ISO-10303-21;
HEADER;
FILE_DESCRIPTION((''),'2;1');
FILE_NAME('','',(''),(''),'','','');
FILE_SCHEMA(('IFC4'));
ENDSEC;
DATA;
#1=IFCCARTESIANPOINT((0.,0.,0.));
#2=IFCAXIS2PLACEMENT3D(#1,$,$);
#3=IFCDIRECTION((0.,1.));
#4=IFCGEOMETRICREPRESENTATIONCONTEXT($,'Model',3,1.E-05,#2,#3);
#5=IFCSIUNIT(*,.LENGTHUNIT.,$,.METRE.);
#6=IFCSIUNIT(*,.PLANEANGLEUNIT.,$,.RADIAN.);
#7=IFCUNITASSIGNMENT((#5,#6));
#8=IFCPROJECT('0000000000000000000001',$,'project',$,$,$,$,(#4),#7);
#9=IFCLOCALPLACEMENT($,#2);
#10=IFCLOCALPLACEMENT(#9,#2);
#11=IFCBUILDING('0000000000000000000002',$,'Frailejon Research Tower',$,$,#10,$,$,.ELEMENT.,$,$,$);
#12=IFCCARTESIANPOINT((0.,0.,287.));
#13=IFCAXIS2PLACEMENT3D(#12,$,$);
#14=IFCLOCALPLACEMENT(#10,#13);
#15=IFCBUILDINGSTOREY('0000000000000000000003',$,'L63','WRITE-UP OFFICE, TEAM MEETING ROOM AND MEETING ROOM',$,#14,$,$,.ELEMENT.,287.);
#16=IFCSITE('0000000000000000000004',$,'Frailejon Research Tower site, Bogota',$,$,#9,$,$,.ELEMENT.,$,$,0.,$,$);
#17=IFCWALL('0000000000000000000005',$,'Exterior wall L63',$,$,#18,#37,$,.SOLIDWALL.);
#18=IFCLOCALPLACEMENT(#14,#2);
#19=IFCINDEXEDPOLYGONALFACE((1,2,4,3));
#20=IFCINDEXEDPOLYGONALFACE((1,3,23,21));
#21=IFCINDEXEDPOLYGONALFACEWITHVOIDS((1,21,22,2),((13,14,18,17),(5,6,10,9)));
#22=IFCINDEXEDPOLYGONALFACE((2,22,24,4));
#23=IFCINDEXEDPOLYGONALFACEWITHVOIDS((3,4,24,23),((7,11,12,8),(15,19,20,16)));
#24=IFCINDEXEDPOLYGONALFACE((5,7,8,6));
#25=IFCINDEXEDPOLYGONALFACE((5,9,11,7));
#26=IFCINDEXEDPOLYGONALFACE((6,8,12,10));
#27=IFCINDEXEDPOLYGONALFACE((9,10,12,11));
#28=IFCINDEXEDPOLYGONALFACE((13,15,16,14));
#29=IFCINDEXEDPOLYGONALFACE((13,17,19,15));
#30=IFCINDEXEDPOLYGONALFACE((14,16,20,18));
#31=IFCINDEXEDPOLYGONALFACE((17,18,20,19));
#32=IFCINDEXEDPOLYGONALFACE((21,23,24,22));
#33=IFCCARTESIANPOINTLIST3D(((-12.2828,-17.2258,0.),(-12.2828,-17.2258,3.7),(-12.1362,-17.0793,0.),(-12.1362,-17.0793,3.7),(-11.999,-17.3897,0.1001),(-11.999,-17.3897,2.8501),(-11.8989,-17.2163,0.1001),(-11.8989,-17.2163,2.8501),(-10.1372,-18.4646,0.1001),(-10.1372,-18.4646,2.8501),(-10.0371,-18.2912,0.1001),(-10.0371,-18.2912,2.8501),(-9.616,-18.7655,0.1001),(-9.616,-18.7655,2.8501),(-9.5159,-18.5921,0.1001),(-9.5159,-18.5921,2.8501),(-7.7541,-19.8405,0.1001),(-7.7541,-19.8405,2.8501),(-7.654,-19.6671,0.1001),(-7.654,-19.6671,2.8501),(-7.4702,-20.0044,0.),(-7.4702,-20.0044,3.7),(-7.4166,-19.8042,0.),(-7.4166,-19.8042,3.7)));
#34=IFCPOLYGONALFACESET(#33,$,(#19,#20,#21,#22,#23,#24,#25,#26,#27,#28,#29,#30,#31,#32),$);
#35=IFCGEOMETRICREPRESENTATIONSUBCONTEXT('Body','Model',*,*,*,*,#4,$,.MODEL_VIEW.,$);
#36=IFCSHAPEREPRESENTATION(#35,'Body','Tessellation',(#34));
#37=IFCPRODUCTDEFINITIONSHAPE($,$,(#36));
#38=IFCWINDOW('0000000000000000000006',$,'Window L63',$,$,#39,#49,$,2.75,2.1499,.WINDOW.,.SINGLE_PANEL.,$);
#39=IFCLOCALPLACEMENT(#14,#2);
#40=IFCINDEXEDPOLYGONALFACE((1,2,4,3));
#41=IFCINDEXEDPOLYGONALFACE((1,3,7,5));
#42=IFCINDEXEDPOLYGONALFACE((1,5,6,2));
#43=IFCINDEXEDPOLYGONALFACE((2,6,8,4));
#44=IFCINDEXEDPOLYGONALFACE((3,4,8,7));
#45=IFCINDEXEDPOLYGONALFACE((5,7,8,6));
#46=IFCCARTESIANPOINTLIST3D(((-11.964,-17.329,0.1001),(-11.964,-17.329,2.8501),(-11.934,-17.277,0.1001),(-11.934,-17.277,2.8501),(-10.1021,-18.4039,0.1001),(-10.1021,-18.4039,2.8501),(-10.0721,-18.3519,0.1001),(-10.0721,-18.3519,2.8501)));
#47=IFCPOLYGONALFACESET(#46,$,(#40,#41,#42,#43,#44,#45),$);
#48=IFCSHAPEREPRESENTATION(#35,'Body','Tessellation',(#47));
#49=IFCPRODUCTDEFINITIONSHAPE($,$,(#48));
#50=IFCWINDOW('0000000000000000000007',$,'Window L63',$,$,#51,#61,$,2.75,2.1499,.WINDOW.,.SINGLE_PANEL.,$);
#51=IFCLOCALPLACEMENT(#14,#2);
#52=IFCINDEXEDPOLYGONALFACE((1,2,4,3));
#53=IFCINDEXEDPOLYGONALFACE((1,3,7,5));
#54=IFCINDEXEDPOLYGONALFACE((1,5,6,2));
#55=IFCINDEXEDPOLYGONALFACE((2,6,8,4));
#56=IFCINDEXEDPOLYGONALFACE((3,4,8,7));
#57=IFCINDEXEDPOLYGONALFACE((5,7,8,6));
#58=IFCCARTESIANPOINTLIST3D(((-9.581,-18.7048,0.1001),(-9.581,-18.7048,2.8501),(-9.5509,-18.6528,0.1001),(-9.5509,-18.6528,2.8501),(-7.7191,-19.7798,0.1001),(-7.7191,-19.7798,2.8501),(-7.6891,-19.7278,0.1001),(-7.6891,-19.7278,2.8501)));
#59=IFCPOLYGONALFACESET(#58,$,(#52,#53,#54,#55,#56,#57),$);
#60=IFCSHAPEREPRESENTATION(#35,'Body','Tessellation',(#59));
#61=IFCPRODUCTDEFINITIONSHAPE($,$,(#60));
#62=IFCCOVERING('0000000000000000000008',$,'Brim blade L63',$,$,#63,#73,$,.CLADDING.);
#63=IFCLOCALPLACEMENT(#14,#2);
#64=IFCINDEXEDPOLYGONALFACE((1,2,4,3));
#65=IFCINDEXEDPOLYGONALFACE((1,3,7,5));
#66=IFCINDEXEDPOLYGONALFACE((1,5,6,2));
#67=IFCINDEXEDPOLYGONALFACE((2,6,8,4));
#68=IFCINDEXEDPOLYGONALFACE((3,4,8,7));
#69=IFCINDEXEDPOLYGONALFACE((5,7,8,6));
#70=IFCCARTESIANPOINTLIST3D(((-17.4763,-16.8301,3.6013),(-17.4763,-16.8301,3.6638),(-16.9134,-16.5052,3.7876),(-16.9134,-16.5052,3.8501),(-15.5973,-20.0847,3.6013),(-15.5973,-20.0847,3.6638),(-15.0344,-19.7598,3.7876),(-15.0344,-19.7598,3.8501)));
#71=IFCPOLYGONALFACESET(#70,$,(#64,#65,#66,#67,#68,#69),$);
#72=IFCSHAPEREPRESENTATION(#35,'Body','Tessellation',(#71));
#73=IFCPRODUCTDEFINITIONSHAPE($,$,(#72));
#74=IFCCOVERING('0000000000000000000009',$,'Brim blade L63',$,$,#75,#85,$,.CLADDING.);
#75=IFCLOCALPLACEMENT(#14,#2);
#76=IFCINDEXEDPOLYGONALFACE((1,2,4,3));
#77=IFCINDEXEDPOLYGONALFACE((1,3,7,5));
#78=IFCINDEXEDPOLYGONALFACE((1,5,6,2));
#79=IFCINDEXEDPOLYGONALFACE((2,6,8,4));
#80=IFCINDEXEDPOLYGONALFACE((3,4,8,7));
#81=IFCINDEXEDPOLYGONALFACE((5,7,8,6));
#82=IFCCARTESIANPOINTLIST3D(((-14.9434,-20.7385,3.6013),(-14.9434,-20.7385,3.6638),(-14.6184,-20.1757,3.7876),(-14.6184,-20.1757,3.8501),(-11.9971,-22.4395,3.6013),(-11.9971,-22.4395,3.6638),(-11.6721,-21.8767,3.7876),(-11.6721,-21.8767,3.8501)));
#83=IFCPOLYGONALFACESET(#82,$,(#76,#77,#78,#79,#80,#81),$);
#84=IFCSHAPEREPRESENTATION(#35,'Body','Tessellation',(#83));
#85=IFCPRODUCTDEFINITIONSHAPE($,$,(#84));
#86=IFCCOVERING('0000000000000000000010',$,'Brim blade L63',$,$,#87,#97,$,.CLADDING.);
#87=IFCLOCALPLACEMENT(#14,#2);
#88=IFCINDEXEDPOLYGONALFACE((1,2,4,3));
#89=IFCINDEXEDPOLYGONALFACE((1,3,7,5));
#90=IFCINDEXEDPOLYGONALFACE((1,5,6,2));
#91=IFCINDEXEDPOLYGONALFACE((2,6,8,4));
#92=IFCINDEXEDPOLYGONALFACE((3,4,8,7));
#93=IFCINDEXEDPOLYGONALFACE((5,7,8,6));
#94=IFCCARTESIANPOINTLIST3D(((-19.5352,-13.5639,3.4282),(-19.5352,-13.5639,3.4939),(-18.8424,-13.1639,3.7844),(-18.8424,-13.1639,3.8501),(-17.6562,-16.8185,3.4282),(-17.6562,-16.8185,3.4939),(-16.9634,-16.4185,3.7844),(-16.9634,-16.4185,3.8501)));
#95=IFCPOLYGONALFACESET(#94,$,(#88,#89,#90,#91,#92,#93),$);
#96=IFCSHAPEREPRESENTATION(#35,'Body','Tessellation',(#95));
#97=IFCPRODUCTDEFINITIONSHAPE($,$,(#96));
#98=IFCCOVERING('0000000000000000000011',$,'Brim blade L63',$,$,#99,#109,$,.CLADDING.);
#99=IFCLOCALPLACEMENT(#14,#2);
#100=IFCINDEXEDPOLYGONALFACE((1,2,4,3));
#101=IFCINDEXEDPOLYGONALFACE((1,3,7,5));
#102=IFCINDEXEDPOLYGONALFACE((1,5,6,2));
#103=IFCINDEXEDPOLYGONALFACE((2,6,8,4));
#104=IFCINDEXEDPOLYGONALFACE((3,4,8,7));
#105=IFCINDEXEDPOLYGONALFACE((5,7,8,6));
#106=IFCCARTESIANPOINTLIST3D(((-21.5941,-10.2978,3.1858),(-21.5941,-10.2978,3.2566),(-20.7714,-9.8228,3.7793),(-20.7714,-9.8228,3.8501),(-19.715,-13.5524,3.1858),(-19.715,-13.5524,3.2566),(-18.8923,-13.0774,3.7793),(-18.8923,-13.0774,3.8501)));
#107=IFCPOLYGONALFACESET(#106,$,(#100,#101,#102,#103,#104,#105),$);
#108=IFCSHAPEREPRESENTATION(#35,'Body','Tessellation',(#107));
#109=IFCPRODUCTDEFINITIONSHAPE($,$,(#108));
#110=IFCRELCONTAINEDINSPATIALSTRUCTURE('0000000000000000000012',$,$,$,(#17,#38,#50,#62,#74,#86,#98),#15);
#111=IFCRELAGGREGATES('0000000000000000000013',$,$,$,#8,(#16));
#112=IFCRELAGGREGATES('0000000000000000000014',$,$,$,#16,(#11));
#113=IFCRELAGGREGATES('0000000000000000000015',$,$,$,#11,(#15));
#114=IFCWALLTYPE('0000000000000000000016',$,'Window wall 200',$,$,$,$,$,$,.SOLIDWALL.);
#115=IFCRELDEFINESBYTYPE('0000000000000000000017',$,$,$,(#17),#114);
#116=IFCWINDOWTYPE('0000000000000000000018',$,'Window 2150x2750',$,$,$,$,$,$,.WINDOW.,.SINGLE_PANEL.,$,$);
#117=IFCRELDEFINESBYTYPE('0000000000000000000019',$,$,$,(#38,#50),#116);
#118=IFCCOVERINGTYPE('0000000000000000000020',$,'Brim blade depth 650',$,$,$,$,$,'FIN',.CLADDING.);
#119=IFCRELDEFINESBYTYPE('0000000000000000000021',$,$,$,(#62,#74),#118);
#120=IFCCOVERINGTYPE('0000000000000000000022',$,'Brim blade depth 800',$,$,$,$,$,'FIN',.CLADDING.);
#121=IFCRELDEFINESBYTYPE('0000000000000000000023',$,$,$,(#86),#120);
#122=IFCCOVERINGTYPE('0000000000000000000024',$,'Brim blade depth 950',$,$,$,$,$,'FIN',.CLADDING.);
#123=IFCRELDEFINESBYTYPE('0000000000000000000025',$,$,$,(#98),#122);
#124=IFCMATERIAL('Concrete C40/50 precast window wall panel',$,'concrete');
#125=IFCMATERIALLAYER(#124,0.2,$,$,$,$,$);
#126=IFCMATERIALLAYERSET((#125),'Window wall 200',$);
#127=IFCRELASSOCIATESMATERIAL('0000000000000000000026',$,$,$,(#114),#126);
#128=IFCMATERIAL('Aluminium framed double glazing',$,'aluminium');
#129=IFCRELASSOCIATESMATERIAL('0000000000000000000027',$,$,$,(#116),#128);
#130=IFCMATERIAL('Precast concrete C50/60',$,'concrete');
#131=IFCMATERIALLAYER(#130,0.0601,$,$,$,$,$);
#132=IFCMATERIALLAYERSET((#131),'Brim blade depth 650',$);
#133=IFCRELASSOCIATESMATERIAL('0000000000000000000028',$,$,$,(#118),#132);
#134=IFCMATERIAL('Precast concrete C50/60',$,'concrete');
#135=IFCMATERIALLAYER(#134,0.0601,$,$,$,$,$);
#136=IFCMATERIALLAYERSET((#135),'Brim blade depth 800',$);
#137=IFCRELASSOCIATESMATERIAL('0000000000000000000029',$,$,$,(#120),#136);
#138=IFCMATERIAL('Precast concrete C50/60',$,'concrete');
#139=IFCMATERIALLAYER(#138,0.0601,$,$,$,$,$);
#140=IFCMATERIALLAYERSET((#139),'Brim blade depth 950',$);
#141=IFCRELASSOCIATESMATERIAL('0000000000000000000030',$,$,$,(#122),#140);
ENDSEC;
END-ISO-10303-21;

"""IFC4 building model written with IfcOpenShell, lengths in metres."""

from ifc_helpers import new_model, si_unit, direction, frame, frame_2d, origin, place, context, subcontext, project, spatial, polyline, rectangle, outline, extrude, material, layer, layer_set, type_object, element, fill, save


model = new_model("IFC4")

# Units and contexts
model_context = context("Model", 3, precision=1e-05, world=origin(), true_north=direction((0.0, 1.0)))
body_context = subcontext(model_context, "Body", "Model", "MODEL_VIEW")
ifc_project = project(units=[si_unit("LENGTHUNIT", "METRE"), si_unit("PLANEANGLEUNIT", "RADIAN")], contexts=[model_context])

# Site, building, storey
site_placement = place(None, origin())
site = spatial("IfcSite", under=ifc_project, at=site_placement, Name="Frailejon Research Tower site, Bogota", CompositionType="ELEMENT", RefElevation=0.0)
building_placement = place(site_placement, origin())
building = spatial("IfcBuilding", under=site, at=building_placement, Name="Frailejon Research Tower", CompositionType="ELEMENT")
storey_placement = place(building_placement, frame((0.0, 0.0, 287.0)))
storey = spatial("IfcBuildingStorey", under=building, at=storey_placement, Name="L63", Description="WRITE-UP OFFICE, TEAM MEETING ROOM AND MEETING ROOM", CompositionType="ELEMENT", Elevation=287.0)

# Wall, openings, windows
ifc_material_1 = material(Name="Concrete C40/50 precast window wall panel", Category="concrete")
ifc_layer_1 = layer(ifc_material_1, 0.2)
ifc_layer_set_1 = layer_set([ifc_layer_1], Name="Window wall 200")
wall_type_1 = type_object("IfcWallType", Name="Window wall 200", PredefinedType="SOLIDWALL", material=ifc_layer_set_1)
wall_1_placement = place(storey_placement, frame((-12.2095, -17.1526, 0.0), z_axis=(0.0, 0.0, 1.0), x_axis=(0.866026, -0.499999, 0.0)))
wall_1 = element("IfcWall", 1, at=wall_1_placement, inside=storey, type_object=wall_type_1, Name="Exterior wall L63", PredefinedType="SOLIDWALL", context=body_context, shape_type="SweptSolid", body=[
    extrude(outline(polyline([(-0.0269, -0.1001), (1.0845, -0.1001), (2.196, -0.1001), (3.3074, -0.1001), (4.4189, -0.1001), (5.5303, -0.1001), (5.4766, 0.1001), (4.3867, 0.1001), (3.2966, 0.1001), (2.2068, 0.1001), (1.1167, 0.1001), (0.0269, 0.1001), (-0.0269, -0.1001)])), origin(), (0.0, 0.0, 1.0), 3.7),
])
opening_1_placement = place(wall_1_placement, frame((0.3008, 0.0, 0.1001)))
opening_1 = element("IfcOpeningElement", 2, at=opening_1_placement, cuts=wall_1, PredefinedType="OPENING", context=body_context, shape_type="SweptSolid", body=[
    extrude(rectangle(XDim=2.1499, YDim=2.75, at=frame_2d((1.075, 1.375))), frame((0.0, 0.1099, 0.0), z_axis=(0.0, -1.0, 0.0), x_axis=(1.0, 0.0, 0.0)), (0.0, 0.0, 1.0), 0.22),
])
opening_2_placement = place(wall_1_placement, frame((3.0525, 0.0, 0.1001)))
opening_2 = element("IfcOpeningElement", 3, at=opening_2_placement, cuts=wall_1, PredefinedType="OPENING", context=body_context, shape_type="SweptSolid", body=[
    extrude(rectangle(XDim=2.1499, YDim=2.75, at=frame_2d((1.075, 1.375))), frame((0.0, 0.1099, 0.0), z_axis=(0.0, -1.0, 0.0), x_axis=(1.0, 0.0, 0.0)), (0.0, 0.0, 1.0), 0.22),
])
ifc_material_2 = material(Name="Aluminium framed double glazing", Category="aluminium")
window_type = type_object("IfcWindowType", Name="Window 2150x2750", PartitioningType="SINGLE_PANEL", PredefinedType="WINDOW", material=ifc_material_2)
window_1_placement = place(opening_1_placement, origin())
window_1 = element("IfcWindow", 4, at=window_1_placement, inside=storey, type_object=window_type, Name="Window L63", OverallHeight=2.75, OverallWidth=2.1499, PartitioningType="SINGLE_PANEL", PredefinedType="WINDOW", context=body_context, shape_type="SweptSolid", body=[
    extrude(rectangle(XDim=2.1499, YDim=2.75, at=frame_2d((1.075, 1.375))), frame((0.0, 0.03, 0.0), z_axis=(0.0, -1.0, 0.0), x_axis=(1.0, 0.0, 0.0)), (0.0, 0.0, 1.0), 0.0601),
])
fill(opening_1, window_1)
window_2_placement = place(opening_2_placement, origin())
window_2 = element("IfcWindow", 5, at=window_2_placement, inside=storey, type_object=window_type, Name="Window L63", OverallHeight=2.75, OverallWidth=2.1499, PartitioningType="SINGLE_PANEL", PredefinedType="WINDOW", context=body_context, shape_type="SweptSolid", body=[
    extrude(rectangle(XDim=2.1499, YDim=2.75, at=frame_2d((1.075, 1.375))), frame((0.0, 0.03, 0.0), z_axis=(0.0, -1.0, 0.0), x_axis=(1.0, 0.0, 0.0)), (0.0, 0.0, 1.0), 0.0601),
])
fill(opening_2, window_2)

# Coverings
ifc_material_3 = material(Name="Precast concrete C50/60", Category="concrete")
ifc_layer_2 = layer(ifc_material_3, 0.0601)
ifc_layer_set_2 = layer_set([ifc_layer_2], Name="Brim blade depth 650")
covering_type_1 = type_object("IfcCoveringType", Name="Brim blade depth 650", ElementType="FIN", PredefinedType="CLADDING", material=ifc_layer_set_2)
covering_1_placement = place(storey_placement, frame((-15.0344, -19.7598, 3.8501), z_axis=(-0.499992, 0.86603, 0.0), x_axis=(-0.86603, -0.499992, 0.0)))
element("IfcCovering", 6, at=covering_1_placement, inside=storey, type_object=covering_type_1, Name="Brim blade L63", PredefinedType="CLADDING", context=body_context, shape_type="SweptSolid", body=[
    extrude(outline(polyline([(0.0, -0.0625), (0.6499, -0.2488), (0.6499, -0.1863), (0.0, 0.0), (0.0, -0.0625)])), origin(), (0.0, 0.0, 1.0), 3.7581),
])
covering_2_placement = place(storey_placement, frame((-11.6721, -21.8767, 3.8501), z_axis=(-0.866024, 0.500003, 0.0), x_axis=(-0.500003, -0.866024, 0.0)))
element("IfcCovering", 7, at=covering_2_placement, inside=storey, type_object=covering_type_1, Name="Brim blade L63", PredefinedType="CLADDING", context=body_context, shape_type="SweptSolid", body=[
    extrude(outline(polyline([(0.0, -0.0625), (0.6499, -0.2488), (0.6499, -0.1863), (0.0, 0.0), (0.0, -0.0625)])), origin(), (0.0, 0.0, 1.0), 3.4021),
])
ifc_material_4 = material(Name="Precast concrete C50/60", Category="concrete")
ifc_layer_3 = layer(ifc_material_4, 0.0601)
ifc_layer_set_3 = layer_set([ifc_layer_3], Name="Brim blade depth 800")
covering_type_2 = type_object("IfcCoveringType", Name="Brim blade depth 800", ElementType="FIN", PredefinedType="CLADDING", material=ifc_layer_set_3)
covering_3_placement = place(storey_placement, frame((-16.9634, -16.4185, 3.8501), z_axis=(-0.499992, 0.86603, 0.0), x_axis=(-0.86603, -0.499992, 0.0)))
element("IfcCovering", 8, at=covering_3_placement, inside=storey, type_object=covering_type_2, Name="Brim blade L63", PredefinedType="CLADDING", context=body_context, shape_type="SweptSolid", body=[
    extrude(outline(polyline([(0.0, -0.0657), (0.8, -0.4219), (0.8, -0.3562), (0.0, 0.0), (0.0, -0.0657)])), origin(), (0.0, 0.0, 1.0), 3.7581),
])
ifc_material_5 = material(Name="Precast concrete C50/60", Category="concrete")
ifc_layer_4 = layer(ifc_material_5, 0.0601)
ifc_layer_set_4 = layer_set([ifc_layer_4], Name="Brim blade depth 950")
covering_type_3 = type_object("IfcCoveringType", Name="Brim blade depth 950", ElementType="FIN", PredefinedType="CLADDING", material=ifc_layer_set_4)
covering_4_placement = place(storey_placement, frame((-18.8923, -13.0774, 3.8501), z_axis=(-0.500011, 0.866019, 0.0), x_axis=(-0.866019, -0.500011, 0.0)))
element("IfcCovering", 9, at=covering_4_placement, inside=storey, type_object=covering_type_3, Name="Brim blade L63", PredefinedType="CLADDING", context=body_context, shape_type="SweptSolid", body=[
    extrude(outline(polyline([(0.0, -0.0708), (0.95, -0.6643), (0.95, -0.5935), (0.0, 0.0), (0.0, -0.0708)])), origin(), (0.0, 0.0, 1.0), 3.7581),
])

save(model, "model.ifc")
